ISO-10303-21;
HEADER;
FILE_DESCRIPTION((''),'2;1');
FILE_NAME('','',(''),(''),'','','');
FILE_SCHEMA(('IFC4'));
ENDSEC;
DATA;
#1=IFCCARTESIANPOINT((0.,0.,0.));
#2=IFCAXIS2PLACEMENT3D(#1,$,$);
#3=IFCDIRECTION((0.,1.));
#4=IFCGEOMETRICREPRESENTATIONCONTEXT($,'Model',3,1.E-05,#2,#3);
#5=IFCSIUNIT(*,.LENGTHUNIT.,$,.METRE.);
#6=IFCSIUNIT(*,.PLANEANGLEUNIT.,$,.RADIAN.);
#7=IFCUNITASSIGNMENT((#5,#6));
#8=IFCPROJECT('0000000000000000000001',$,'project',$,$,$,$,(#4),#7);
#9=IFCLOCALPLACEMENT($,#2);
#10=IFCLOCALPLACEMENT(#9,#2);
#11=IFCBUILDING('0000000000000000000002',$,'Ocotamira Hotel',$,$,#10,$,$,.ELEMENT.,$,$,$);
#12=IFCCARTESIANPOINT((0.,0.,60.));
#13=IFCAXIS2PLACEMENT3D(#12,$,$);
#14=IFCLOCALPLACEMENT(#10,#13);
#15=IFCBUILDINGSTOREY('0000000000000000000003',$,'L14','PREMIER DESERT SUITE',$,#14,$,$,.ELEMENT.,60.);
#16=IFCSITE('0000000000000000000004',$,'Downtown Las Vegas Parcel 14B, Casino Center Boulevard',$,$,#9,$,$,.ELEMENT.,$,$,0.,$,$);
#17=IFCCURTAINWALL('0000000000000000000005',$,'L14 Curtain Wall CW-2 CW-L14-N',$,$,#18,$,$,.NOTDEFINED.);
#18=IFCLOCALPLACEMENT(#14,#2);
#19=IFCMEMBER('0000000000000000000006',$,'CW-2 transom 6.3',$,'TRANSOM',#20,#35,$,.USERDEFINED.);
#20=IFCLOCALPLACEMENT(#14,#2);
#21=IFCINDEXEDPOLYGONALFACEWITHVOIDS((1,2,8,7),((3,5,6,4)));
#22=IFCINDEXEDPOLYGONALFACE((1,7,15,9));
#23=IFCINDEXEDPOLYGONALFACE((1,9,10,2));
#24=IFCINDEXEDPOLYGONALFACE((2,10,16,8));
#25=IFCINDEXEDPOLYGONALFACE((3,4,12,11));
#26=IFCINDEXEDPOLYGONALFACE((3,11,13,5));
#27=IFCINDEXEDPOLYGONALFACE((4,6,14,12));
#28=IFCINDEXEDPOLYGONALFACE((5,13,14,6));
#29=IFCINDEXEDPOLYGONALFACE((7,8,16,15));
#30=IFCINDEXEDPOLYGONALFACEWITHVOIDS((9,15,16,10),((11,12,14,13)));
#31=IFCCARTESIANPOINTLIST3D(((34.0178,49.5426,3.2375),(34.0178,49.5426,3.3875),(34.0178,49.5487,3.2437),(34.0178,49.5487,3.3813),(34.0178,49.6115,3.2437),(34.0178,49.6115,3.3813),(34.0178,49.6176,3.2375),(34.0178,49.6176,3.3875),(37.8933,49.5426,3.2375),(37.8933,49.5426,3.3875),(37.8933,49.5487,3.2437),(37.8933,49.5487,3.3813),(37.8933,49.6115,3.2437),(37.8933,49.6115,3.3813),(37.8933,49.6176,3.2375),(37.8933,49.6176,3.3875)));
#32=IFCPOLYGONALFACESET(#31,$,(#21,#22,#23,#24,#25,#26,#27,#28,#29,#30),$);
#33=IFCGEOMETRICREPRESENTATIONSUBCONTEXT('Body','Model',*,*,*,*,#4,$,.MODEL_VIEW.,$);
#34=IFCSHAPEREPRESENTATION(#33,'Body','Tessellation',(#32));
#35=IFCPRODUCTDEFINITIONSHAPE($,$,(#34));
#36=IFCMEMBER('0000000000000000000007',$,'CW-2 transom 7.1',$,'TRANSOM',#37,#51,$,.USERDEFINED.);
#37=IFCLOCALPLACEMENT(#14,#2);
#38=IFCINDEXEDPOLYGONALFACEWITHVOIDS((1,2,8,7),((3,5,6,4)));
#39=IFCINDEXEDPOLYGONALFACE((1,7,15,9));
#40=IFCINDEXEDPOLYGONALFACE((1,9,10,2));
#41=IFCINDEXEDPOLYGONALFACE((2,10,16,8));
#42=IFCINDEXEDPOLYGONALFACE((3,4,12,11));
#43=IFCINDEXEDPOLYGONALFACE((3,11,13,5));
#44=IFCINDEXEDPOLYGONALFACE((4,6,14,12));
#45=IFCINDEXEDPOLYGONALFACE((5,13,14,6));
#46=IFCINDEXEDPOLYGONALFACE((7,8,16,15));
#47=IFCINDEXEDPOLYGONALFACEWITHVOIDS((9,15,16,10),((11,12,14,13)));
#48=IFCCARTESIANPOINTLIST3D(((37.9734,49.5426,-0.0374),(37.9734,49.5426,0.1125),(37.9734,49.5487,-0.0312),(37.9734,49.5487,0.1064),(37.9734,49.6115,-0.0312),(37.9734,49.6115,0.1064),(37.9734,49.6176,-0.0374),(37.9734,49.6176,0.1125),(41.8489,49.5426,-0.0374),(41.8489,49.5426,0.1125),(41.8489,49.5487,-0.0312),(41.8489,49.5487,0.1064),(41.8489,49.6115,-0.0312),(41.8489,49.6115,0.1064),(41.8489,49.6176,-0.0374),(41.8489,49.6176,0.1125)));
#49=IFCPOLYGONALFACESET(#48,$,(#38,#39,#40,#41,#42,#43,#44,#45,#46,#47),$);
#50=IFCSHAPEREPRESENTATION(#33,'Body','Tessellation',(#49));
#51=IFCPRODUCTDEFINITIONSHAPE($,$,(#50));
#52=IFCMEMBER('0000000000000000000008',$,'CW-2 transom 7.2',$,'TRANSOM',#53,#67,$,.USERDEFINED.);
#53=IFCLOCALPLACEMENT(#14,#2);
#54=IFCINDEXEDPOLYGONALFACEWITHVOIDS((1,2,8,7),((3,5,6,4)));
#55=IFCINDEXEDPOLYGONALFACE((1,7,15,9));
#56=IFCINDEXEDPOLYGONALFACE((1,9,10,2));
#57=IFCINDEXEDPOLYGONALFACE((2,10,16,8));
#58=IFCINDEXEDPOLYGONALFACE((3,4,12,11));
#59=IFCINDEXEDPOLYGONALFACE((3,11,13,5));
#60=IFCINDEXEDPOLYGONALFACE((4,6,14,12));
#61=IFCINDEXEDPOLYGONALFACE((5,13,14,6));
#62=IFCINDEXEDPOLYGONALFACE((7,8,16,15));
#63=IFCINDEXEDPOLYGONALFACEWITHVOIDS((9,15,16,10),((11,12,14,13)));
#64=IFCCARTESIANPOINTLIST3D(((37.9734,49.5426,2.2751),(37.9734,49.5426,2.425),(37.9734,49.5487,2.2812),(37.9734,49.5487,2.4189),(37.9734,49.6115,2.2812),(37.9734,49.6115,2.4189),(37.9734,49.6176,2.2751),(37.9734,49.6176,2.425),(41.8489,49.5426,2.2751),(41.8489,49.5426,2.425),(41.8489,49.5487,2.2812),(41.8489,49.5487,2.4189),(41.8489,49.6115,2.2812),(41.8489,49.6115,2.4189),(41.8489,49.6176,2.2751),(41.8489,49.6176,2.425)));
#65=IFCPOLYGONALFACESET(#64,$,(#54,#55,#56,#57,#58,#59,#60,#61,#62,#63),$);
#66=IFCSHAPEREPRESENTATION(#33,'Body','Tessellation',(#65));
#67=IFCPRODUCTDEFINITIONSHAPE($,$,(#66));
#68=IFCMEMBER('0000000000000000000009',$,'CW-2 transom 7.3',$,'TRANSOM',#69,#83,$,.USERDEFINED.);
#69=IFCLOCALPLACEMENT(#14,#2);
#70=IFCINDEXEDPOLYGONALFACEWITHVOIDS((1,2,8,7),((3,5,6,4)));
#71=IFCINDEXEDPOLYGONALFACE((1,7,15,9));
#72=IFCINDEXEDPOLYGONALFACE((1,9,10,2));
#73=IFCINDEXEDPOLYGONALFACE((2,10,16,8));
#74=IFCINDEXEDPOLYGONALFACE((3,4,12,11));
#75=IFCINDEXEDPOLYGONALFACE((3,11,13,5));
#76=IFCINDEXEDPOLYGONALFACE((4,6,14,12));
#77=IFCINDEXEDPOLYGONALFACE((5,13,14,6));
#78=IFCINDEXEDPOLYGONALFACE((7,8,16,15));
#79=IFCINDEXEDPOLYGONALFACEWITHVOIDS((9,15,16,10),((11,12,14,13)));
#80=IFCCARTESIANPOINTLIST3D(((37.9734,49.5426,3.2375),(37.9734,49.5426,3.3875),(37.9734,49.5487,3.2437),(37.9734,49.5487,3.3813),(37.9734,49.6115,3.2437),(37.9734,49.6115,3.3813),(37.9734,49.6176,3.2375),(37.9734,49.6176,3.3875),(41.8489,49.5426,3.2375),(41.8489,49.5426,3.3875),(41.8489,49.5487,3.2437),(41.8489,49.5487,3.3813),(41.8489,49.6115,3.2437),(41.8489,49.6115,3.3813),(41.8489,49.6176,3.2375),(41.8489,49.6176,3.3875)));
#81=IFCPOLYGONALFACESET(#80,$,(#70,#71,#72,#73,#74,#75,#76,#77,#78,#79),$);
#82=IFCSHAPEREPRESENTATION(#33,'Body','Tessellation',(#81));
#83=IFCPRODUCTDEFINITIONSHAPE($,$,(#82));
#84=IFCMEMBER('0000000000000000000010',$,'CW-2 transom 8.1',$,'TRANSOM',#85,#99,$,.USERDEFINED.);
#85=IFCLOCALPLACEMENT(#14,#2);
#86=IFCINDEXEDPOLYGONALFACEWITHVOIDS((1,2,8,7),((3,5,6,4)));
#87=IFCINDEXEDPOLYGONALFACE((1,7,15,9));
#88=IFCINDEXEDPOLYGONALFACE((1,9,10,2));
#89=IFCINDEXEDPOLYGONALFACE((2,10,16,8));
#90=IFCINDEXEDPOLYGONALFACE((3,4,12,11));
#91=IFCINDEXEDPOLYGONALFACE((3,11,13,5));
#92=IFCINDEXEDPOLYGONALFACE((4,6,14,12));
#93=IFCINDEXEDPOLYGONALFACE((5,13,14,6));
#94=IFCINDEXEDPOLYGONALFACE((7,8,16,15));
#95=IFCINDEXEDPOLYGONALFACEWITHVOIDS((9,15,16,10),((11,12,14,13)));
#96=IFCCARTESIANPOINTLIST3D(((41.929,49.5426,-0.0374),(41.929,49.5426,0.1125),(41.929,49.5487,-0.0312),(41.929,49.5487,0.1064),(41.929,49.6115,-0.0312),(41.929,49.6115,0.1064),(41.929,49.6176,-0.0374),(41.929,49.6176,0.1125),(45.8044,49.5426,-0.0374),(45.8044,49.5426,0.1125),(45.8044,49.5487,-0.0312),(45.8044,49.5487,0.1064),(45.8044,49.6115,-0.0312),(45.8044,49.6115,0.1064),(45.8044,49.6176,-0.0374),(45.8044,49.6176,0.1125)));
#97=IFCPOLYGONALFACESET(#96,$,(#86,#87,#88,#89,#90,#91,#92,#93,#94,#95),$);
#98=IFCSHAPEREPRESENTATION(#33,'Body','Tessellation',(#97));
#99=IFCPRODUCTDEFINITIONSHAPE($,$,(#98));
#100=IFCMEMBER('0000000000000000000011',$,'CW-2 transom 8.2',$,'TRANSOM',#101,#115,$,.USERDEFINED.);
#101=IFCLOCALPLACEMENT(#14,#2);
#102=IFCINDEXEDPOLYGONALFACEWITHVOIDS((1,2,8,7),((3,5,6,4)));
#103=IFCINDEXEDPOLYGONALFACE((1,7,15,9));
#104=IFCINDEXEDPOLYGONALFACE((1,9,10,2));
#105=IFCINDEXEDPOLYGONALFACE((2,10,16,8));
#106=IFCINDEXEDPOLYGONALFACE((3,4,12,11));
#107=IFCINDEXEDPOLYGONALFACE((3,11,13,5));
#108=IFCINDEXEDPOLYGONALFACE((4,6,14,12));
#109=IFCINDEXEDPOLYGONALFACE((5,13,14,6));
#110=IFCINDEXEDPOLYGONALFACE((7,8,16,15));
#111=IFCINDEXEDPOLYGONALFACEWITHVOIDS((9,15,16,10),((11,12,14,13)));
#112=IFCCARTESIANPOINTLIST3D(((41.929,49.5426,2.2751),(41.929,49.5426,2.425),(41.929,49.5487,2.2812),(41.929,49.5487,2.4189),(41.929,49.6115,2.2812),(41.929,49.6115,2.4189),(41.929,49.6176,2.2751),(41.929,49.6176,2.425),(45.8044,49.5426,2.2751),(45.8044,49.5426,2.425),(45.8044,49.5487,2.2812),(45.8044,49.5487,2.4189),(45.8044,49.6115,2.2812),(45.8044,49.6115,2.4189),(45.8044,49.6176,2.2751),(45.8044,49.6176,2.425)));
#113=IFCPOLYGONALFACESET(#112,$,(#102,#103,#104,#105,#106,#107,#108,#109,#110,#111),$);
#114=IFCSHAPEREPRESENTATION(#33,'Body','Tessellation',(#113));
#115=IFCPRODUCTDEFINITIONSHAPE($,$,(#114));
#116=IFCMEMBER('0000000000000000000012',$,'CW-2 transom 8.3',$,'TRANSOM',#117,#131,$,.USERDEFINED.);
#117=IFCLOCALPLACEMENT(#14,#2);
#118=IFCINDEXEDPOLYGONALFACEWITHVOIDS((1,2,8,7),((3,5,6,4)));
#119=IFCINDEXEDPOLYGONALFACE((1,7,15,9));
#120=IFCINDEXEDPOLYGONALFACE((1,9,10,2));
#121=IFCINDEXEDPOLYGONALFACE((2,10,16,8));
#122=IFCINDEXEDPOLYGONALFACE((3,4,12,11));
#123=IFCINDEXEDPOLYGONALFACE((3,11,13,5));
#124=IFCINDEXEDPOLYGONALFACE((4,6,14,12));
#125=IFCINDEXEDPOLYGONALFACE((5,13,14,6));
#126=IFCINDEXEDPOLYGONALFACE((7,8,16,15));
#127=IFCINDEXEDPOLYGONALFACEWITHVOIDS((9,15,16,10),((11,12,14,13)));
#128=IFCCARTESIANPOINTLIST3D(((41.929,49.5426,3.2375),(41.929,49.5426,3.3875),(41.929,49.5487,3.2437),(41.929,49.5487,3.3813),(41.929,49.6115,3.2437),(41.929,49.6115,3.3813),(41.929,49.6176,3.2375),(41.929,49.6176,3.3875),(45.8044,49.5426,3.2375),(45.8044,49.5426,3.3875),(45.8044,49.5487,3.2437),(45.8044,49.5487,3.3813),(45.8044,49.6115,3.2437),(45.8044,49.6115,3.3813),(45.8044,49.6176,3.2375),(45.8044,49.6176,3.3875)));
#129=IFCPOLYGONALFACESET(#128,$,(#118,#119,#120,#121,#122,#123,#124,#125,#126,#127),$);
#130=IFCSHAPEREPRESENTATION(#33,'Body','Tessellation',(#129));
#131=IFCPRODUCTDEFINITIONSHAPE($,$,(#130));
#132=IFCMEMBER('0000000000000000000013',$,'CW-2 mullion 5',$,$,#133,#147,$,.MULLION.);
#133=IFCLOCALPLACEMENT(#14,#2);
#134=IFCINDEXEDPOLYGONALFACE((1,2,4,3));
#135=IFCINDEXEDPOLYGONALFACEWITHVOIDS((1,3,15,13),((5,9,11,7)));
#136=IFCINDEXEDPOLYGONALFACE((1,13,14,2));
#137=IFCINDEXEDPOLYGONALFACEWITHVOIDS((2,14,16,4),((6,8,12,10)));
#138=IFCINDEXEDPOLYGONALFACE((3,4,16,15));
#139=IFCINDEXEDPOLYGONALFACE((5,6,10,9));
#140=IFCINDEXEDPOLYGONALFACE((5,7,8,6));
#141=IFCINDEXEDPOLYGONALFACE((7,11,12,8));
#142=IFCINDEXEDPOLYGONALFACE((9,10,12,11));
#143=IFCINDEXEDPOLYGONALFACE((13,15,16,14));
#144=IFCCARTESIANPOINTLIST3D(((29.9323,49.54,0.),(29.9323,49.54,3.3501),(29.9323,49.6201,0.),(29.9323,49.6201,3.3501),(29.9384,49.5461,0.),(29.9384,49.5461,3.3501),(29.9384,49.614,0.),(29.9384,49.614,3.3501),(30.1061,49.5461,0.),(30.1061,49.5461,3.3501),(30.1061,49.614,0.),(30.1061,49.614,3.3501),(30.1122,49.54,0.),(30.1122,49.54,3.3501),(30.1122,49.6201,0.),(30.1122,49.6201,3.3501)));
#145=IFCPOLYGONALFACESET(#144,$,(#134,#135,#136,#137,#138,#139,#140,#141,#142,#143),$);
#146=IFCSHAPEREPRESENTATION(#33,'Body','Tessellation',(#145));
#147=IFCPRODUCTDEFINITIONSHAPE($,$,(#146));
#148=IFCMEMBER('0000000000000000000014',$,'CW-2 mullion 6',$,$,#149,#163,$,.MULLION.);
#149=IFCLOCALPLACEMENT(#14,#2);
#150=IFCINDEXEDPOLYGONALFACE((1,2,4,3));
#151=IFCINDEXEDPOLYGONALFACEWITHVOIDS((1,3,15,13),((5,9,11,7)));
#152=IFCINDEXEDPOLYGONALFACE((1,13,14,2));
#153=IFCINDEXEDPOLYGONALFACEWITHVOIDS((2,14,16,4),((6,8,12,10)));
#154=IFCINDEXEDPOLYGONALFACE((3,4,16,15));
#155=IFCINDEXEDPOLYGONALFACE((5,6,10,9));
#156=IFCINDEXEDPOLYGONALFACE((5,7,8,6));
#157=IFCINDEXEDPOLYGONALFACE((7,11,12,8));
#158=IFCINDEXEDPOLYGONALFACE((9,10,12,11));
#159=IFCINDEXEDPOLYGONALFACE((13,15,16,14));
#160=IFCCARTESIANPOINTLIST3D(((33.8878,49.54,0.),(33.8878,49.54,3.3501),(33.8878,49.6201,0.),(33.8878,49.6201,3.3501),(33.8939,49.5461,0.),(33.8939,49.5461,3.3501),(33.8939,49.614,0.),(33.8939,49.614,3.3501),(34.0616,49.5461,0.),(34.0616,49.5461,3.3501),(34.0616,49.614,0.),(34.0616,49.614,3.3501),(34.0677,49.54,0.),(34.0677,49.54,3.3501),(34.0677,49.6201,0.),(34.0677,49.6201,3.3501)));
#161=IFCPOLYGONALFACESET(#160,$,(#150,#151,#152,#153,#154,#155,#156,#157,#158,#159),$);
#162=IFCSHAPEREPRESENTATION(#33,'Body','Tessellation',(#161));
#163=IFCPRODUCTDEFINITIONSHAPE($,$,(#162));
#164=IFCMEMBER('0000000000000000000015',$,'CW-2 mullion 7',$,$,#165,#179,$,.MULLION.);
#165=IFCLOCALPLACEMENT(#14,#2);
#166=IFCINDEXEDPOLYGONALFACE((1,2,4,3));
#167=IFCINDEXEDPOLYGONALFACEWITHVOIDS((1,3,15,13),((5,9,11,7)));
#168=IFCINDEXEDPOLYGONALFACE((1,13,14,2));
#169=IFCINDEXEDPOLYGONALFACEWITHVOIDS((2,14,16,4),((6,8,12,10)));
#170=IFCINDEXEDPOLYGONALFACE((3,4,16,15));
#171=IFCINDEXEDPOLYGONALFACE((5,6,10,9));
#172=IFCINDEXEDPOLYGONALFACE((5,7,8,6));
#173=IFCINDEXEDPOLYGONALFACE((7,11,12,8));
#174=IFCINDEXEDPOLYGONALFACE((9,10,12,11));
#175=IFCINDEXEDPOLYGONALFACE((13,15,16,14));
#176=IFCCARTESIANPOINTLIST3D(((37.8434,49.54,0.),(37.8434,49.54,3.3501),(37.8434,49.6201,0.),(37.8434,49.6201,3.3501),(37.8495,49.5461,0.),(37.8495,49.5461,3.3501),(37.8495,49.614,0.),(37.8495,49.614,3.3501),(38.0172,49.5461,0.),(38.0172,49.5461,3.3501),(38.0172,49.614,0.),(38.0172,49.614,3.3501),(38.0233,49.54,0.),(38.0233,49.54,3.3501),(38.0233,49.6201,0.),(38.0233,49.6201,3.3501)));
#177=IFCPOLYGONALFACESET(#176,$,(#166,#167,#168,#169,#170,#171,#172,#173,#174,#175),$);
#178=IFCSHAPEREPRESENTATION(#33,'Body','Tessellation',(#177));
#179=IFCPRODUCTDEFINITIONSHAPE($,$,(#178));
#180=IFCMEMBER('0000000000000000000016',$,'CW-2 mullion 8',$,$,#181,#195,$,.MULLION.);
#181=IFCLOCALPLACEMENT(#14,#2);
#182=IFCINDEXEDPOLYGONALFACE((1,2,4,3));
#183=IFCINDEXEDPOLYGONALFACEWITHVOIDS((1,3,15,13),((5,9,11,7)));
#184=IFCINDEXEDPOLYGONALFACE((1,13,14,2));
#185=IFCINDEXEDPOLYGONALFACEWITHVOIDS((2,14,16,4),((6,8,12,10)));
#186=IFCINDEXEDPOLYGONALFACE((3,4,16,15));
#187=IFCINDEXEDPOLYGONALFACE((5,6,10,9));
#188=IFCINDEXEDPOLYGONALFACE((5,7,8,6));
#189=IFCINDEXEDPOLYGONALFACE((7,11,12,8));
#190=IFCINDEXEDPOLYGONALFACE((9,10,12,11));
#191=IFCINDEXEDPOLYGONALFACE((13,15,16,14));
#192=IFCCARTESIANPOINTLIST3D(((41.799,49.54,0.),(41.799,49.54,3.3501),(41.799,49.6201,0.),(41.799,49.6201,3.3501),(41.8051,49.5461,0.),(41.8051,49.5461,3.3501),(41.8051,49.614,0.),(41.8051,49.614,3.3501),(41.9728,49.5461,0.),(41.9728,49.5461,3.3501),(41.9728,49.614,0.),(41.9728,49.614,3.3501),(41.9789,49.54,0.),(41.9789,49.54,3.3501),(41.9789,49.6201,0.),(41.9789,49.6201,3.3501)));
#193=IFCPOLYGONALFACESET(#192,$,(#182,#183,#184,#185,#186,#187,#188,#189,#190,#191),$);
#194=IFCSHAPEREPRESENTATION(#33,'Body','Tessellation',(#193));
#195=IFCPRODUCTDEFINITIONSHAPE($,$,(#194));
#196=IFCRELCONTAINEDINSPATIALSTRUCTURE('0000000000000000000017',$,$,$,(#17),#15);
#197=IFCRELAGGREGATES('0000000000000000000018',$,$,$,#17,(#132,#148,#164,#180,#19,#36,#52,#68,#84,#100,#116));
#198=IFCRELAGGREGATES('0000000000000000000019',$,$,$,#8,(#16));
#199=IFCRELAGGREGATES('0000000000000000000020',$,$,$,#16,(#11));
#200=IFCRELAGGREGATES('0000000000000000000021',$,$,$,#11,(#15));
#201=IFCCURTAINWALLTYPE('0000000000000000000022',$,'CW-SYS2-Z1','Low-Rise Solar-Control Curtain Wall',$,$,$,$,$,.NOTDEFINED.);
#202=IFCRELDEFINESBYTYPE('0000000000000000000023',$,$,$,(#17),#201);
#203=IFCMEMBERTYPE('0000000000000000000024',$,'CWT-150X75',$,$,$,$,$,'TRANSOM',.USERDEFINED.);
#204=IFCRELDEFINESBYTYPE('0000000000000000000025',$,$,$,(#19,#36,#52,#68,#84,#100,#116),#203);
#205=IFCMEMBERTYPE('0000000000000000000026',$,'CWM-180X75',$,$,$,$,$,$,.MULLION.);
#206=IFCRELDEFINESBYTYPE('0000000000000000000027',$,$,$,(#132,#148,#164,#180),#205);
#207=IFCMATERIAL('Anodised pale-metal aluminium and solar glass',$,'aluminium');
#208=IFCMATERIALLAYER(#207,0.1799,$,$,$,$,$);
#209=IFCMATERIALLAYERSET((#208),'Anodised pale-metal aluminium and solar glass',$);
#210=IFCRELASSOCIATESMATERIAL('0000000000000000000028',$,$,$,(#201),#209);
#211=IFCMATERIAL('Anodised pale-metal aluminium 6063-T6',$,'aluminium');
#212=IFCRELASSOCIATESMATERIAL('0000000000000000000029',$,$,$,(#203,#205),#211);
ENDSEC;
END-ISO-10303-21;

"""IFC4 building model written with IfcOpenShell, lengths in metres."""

from ifc_helpers import new_model, si_unit, direction, frame, origin, origin_2d, place, context, subcontext, project, spatial, hollow_rectangle, extrude, source, transform, mapped, material, layer, layer_set, material_profile, profile_set, type_object, element, aggregate, save


model = new_model("IFC4")

# Units and contexts
model_context = context("Model", 3, precision=1e-05, world=origin(), true_north=direction((0.0, 1.0)))
body_context = subcontext(model_context, "Body", "Model", "MODEL_VIEW")
ifc_project = project(units=[si_unit("LENGTHUNIT", "METRE"), si_unit("PLANEANGLEUNIT", "RADIAN")], contexts=[model_context])

# Site, building, storey
site_placement = place(None, origin())
site = spatial("IfcSite", under=ifc_project, at=site_placement, Name="Downtown Las Vegas Parcel 14B, Casino Center Boulevard", CompositionType="ELEMENT", RefElevation=0.0)
building_placement = place(site_placement, origin())
building = spatial("IfcBuilding", under=site, at=building_placement, Name="Ocotamira Hotel", CompositionType="ELEMENT")
storey_placement = place(building_placement, frame((0.0, 0.0, 60.0)))
storey = spatial("IfcBuildingStorey", under=building, at=storey_placement, Name="L14", Description="PREMIER DESERT SUITE", CompositionType="ELEMENT", Elevation=60.0)

# Curtain wall, members
ifc_material_1 = material(Name="Anodised pale-metal aluminium and solar glass", Category="aluminium")
ifc_layer_1 = layer(ifc_material_1, 0.1799)
ifc_layer_set_1 = layer_set([ifc_layer_1], Name="Anodised pale-metal aluminium and solar glass")
curtain_wall_type = type_object("IfcCurtainWallType", Name="CW-SYS2-Z1", Description="Low-Rise Solar-Control Curtain Wall", PredefinedType="NOTDEFINED", material=ifc_layer_set_1)
curtain_wall_placement = place(storey_placement, origin())
curtain_wall = element("IfcCurtainWall", 1, at=curtain_wall_placement, inside=storey, type_object=curtain_wall_type, Name="L14 Curtain Wall CW-2 CW-L14-N", PredefinedType="NOTDEFINED")
ifc_material_2 = material(Name="Anodised pale-metal aluminium 6063-T6", Category="aluminium")
ifc_material_profile_1 = material_profile(ifc_material_2, hollow_rectangle(XDim=0.075, YDim=0.1499, WallThickness=0.0061, at=origin_2d()), Name="HSS150X75X6")
ifc_profile_set_1 = profile_set([ifc_material_profile_1], Name="Anodised pale-metal aluminium 6063-T6")
member_type_1 = type_object("IfcMemberType", Name="CWT-150X75", ElementType="TRANSOM", PredefinedType="USERDEFINED", material=ifc_profile_set_1)
shared_shape_1 = source(origin(), body_context, "Body", "SweptSolid", [
    extrude(hollow_rectangle(XDim=0.075, YDim=0.1499, WallThickness=0.0061, at=origin_2d()), origin(), (0.0, 0.0, 1.0), 3.8755),
])
member_1_placement = place(storey_placement, frame((34.0178, 49.5801, 3.3125), z_axis=(1.0, 0.0, 0.0), x_axis=(0.0, 1.0, 0.0)))
member_1 = element("IfcMember", 2, at=member_1_placement, type_object=member_type_1, Name="CW-2 transom 6.3", ObjectType="TRANSOM", PredefinedType="USERDEFINED", context=body_context, shape_type="MappedRepresentation", body=[
    mapped(shared_shape_1, transform((0.0, 0.0, 0.0), scale=1.0)),
])
member_2_placement = place(storey_placement, frame((37.9734, 49.5801, 0.0376), z_axis=(1.0, 0.0, 0.0), x_axis=(0.0, 1.0, 0.0)))
member_2 = element("IfcMember", 3, at=member_2_placement, type_object=member_type_1, Name="CW-2 transom 7.1", ObjectType="TRANSOM", PredefinedType="USERDEFINED", context=body_context, shape_type="MappedRepresentation", body=[
    mapped(shared_shape_1, transform((0.0, 0.0, 0.0), scale=1.0)),
])
member_3_placement = place(storey_placement, frame((37.9734, 49.5801, 2.3501), z_axis=(1.0, 0.0, 0.0), x_axis=(0.0, 1.0, 0.0)))
member_3 = element("IfcMember", 4, at=member_3_placement, type_object=member_type_1, Name="CW-2 transom 7.2", ObjectType="TRANSOM", PredefinedType="USERDEFINED", context=body_context, shape_type="MappedRepresentation", body=[
    mapped(shared_shape_1, transform((0.0, 0.0, 0.0), scale=1.0)),
])
member_4_placement = place(storey_placement, frame((37.9734, 49.5801, 3.3125), z_axis=(1.0, 0.0, 0.0), x_axis=(0.0, 1.0, 0.0)))
member_4 = element("IfcMember", 5, at=member_4_placement, type_object=member_type_1, Name="CW-2 transom 7.3", ObjectType="TRANSOM", PredefinedType="USERDEFINED", context=body_context, shape_type="MappedRepresentation", body=[
    mapped(shared_shape_1, transform((0.0, 0.0, 0.0), scale=1.0)),
])
member_5_placement = place(storey_placement, frame((41.929, 49.5801, 0.0376), z_axis=(1.0, 0.0, 0.0), x_axis=(0.0, 1.0, 0.0)))
member_5 = element("IfcMember", 6, at=member_5_placement, type_object=member_type_1, Name="CW-2 transom 8.1", ObjectType="TRANSOM", PredefinedType="USERDEFINED", context=body_context, shape_type="MappedRepresentation", body=[
    mapped(shared_shape_1, transform((0.0, 0.0, 0.0), scale=1.0)),
])
member_6_placement = place(storey_placement, frame((41.929, 49.5801, 2.3501), z_axis=(1.0, 0.0, 0.0), x_axis=(0.0, 1.0, 0.0)))
member_6 = element("IfcMember", 7, at=member_6_placement, type_object=member_type_1, Name="CW-2 transom 8.2", ObjectType="TRANSOM", PredefinedType="USERDEFINED", context=body_context, shape_type="MappedRepresentation", body=[
    mapped(shared_shape_1, transform((0.0, 0.0, 0.0), scale=1.0)),
])
member_7_placement = place(storey_placement, frame((41.929, 49.5801, 3.3125), z_axis=(1.0, 0.0, 0.0), x_axis=(0.0, 1.0, 0.0)))
member_7 = element("IfcMember", 8, at=member_7_placement, type_object=member_type_1, Name="CW-2 transom 8.3", ObjectType="TRANSOM", PredefinedType="USERDEFINED", context=body_context, shape_type="MappedRepresentation", body=[
    mapped(shared_shape_1, transform((0.0, 0.0, 0.0), scale=1.0)),
])
ifc_material_profile_2 = material_profile(ifc_material_2, hollow_rectangle(XDim=0.0801, YDim=0.1799, WallThickness=0.0061, at=origin_2d()), Name="HSS180X80X6")
ifc_profile_set_2 = profile_set([ifc_material_profile_2], Name="Anodised pale-metal aluminium 6063-T6")
member_type_2 = type_object("IfcMemberType", Name="CWM-180X75", PredefinedType="MULLION", material=ifc_profile_set_2)
shared_shape_2 = source(origin(), body_context, "Body", "SweptSolid", [
    extrude(hollow_rectangle(XDim=0.0801, YDim=0.1799, WallThickness=0.0061, at=origin_2d()), origin(), (0.0, 0.0, 1.0), 3.3501),
])
member_8_placement = place(storey_placement, frame((30.0222, 49.5801, 0.0), z_axis=(0.0, 0.0, 1.0), x_axis=(0.0, 1.0, 0.0)))
member_8 = element("IfcMember", 9, at=member_8_placement, type_object=member_type_2, Name="CW-2 mullion 5", PredefinedType="MULLION", context=body_context, shape_type="MappedRepresentation", body=[
    mapped(shared_shape_2, transform((0.0, 0.0, 0.0), scale=1.0)),
])
member_9_placement = place(storey_placement, frame((33.9778, 49.5801, 0.0), z_axis=(0.0, 0.0, 1.0), x_axis=(0.0, 1.0, 0.0)))
member_9 = element("IfcMember", 10, at=member_9_placement, type_object=member_type_2, Name="CW-2 mullion 6", PredefinedType="MULLION", context=body_context, shape_type="MappedRepresentation", body=[
    mapped(shared_shape_2, transform((0.0, 0.0, 0.0), scale=1.0)),
])
member_10_placement = place(storey_placement, frame((37.9333, 49.5801, 0.0), z_axis=(0.0, 0.0, 1.0), x_axis=(0.0, 1.0, 0.0)))
member_10 = element("IfcMember", 11, at=member_10_placement, type_object=member_type_2, Name="CW-2 mullion 7", PredefinedType="MULLION", context=body_context, shape_type="MappedRepresentation", body=[
    mapped(shared_shape_2, transform((0.0, 0.0, 0.0), scale=1.0)),
])
member_11_placement = place(storey_placement, frame((41.8889, 49.5801, 0.0), z_axis=(0.0, 0.0, 1.0), x_axis=(0.0, 1.0, 0.0)))
member_11 = element("IfcMember", 12, at=member_11_placement, type_object=member_type_2, Name="CW-2 mullion 8", PredefinedType="MULLION", context=body_context, shape_type="MappedRepresentation", body=[
    mapped(shared_shape_2, transform((0.0, 0.0, 0.0), scale=1.0)),
])

aggregate(curtain_wall, [member_8, member_9, member_10, member_11, member_1, member_2, member_3, member_4, member_5, member_6, member_7])

save(model, "model.ifc")
